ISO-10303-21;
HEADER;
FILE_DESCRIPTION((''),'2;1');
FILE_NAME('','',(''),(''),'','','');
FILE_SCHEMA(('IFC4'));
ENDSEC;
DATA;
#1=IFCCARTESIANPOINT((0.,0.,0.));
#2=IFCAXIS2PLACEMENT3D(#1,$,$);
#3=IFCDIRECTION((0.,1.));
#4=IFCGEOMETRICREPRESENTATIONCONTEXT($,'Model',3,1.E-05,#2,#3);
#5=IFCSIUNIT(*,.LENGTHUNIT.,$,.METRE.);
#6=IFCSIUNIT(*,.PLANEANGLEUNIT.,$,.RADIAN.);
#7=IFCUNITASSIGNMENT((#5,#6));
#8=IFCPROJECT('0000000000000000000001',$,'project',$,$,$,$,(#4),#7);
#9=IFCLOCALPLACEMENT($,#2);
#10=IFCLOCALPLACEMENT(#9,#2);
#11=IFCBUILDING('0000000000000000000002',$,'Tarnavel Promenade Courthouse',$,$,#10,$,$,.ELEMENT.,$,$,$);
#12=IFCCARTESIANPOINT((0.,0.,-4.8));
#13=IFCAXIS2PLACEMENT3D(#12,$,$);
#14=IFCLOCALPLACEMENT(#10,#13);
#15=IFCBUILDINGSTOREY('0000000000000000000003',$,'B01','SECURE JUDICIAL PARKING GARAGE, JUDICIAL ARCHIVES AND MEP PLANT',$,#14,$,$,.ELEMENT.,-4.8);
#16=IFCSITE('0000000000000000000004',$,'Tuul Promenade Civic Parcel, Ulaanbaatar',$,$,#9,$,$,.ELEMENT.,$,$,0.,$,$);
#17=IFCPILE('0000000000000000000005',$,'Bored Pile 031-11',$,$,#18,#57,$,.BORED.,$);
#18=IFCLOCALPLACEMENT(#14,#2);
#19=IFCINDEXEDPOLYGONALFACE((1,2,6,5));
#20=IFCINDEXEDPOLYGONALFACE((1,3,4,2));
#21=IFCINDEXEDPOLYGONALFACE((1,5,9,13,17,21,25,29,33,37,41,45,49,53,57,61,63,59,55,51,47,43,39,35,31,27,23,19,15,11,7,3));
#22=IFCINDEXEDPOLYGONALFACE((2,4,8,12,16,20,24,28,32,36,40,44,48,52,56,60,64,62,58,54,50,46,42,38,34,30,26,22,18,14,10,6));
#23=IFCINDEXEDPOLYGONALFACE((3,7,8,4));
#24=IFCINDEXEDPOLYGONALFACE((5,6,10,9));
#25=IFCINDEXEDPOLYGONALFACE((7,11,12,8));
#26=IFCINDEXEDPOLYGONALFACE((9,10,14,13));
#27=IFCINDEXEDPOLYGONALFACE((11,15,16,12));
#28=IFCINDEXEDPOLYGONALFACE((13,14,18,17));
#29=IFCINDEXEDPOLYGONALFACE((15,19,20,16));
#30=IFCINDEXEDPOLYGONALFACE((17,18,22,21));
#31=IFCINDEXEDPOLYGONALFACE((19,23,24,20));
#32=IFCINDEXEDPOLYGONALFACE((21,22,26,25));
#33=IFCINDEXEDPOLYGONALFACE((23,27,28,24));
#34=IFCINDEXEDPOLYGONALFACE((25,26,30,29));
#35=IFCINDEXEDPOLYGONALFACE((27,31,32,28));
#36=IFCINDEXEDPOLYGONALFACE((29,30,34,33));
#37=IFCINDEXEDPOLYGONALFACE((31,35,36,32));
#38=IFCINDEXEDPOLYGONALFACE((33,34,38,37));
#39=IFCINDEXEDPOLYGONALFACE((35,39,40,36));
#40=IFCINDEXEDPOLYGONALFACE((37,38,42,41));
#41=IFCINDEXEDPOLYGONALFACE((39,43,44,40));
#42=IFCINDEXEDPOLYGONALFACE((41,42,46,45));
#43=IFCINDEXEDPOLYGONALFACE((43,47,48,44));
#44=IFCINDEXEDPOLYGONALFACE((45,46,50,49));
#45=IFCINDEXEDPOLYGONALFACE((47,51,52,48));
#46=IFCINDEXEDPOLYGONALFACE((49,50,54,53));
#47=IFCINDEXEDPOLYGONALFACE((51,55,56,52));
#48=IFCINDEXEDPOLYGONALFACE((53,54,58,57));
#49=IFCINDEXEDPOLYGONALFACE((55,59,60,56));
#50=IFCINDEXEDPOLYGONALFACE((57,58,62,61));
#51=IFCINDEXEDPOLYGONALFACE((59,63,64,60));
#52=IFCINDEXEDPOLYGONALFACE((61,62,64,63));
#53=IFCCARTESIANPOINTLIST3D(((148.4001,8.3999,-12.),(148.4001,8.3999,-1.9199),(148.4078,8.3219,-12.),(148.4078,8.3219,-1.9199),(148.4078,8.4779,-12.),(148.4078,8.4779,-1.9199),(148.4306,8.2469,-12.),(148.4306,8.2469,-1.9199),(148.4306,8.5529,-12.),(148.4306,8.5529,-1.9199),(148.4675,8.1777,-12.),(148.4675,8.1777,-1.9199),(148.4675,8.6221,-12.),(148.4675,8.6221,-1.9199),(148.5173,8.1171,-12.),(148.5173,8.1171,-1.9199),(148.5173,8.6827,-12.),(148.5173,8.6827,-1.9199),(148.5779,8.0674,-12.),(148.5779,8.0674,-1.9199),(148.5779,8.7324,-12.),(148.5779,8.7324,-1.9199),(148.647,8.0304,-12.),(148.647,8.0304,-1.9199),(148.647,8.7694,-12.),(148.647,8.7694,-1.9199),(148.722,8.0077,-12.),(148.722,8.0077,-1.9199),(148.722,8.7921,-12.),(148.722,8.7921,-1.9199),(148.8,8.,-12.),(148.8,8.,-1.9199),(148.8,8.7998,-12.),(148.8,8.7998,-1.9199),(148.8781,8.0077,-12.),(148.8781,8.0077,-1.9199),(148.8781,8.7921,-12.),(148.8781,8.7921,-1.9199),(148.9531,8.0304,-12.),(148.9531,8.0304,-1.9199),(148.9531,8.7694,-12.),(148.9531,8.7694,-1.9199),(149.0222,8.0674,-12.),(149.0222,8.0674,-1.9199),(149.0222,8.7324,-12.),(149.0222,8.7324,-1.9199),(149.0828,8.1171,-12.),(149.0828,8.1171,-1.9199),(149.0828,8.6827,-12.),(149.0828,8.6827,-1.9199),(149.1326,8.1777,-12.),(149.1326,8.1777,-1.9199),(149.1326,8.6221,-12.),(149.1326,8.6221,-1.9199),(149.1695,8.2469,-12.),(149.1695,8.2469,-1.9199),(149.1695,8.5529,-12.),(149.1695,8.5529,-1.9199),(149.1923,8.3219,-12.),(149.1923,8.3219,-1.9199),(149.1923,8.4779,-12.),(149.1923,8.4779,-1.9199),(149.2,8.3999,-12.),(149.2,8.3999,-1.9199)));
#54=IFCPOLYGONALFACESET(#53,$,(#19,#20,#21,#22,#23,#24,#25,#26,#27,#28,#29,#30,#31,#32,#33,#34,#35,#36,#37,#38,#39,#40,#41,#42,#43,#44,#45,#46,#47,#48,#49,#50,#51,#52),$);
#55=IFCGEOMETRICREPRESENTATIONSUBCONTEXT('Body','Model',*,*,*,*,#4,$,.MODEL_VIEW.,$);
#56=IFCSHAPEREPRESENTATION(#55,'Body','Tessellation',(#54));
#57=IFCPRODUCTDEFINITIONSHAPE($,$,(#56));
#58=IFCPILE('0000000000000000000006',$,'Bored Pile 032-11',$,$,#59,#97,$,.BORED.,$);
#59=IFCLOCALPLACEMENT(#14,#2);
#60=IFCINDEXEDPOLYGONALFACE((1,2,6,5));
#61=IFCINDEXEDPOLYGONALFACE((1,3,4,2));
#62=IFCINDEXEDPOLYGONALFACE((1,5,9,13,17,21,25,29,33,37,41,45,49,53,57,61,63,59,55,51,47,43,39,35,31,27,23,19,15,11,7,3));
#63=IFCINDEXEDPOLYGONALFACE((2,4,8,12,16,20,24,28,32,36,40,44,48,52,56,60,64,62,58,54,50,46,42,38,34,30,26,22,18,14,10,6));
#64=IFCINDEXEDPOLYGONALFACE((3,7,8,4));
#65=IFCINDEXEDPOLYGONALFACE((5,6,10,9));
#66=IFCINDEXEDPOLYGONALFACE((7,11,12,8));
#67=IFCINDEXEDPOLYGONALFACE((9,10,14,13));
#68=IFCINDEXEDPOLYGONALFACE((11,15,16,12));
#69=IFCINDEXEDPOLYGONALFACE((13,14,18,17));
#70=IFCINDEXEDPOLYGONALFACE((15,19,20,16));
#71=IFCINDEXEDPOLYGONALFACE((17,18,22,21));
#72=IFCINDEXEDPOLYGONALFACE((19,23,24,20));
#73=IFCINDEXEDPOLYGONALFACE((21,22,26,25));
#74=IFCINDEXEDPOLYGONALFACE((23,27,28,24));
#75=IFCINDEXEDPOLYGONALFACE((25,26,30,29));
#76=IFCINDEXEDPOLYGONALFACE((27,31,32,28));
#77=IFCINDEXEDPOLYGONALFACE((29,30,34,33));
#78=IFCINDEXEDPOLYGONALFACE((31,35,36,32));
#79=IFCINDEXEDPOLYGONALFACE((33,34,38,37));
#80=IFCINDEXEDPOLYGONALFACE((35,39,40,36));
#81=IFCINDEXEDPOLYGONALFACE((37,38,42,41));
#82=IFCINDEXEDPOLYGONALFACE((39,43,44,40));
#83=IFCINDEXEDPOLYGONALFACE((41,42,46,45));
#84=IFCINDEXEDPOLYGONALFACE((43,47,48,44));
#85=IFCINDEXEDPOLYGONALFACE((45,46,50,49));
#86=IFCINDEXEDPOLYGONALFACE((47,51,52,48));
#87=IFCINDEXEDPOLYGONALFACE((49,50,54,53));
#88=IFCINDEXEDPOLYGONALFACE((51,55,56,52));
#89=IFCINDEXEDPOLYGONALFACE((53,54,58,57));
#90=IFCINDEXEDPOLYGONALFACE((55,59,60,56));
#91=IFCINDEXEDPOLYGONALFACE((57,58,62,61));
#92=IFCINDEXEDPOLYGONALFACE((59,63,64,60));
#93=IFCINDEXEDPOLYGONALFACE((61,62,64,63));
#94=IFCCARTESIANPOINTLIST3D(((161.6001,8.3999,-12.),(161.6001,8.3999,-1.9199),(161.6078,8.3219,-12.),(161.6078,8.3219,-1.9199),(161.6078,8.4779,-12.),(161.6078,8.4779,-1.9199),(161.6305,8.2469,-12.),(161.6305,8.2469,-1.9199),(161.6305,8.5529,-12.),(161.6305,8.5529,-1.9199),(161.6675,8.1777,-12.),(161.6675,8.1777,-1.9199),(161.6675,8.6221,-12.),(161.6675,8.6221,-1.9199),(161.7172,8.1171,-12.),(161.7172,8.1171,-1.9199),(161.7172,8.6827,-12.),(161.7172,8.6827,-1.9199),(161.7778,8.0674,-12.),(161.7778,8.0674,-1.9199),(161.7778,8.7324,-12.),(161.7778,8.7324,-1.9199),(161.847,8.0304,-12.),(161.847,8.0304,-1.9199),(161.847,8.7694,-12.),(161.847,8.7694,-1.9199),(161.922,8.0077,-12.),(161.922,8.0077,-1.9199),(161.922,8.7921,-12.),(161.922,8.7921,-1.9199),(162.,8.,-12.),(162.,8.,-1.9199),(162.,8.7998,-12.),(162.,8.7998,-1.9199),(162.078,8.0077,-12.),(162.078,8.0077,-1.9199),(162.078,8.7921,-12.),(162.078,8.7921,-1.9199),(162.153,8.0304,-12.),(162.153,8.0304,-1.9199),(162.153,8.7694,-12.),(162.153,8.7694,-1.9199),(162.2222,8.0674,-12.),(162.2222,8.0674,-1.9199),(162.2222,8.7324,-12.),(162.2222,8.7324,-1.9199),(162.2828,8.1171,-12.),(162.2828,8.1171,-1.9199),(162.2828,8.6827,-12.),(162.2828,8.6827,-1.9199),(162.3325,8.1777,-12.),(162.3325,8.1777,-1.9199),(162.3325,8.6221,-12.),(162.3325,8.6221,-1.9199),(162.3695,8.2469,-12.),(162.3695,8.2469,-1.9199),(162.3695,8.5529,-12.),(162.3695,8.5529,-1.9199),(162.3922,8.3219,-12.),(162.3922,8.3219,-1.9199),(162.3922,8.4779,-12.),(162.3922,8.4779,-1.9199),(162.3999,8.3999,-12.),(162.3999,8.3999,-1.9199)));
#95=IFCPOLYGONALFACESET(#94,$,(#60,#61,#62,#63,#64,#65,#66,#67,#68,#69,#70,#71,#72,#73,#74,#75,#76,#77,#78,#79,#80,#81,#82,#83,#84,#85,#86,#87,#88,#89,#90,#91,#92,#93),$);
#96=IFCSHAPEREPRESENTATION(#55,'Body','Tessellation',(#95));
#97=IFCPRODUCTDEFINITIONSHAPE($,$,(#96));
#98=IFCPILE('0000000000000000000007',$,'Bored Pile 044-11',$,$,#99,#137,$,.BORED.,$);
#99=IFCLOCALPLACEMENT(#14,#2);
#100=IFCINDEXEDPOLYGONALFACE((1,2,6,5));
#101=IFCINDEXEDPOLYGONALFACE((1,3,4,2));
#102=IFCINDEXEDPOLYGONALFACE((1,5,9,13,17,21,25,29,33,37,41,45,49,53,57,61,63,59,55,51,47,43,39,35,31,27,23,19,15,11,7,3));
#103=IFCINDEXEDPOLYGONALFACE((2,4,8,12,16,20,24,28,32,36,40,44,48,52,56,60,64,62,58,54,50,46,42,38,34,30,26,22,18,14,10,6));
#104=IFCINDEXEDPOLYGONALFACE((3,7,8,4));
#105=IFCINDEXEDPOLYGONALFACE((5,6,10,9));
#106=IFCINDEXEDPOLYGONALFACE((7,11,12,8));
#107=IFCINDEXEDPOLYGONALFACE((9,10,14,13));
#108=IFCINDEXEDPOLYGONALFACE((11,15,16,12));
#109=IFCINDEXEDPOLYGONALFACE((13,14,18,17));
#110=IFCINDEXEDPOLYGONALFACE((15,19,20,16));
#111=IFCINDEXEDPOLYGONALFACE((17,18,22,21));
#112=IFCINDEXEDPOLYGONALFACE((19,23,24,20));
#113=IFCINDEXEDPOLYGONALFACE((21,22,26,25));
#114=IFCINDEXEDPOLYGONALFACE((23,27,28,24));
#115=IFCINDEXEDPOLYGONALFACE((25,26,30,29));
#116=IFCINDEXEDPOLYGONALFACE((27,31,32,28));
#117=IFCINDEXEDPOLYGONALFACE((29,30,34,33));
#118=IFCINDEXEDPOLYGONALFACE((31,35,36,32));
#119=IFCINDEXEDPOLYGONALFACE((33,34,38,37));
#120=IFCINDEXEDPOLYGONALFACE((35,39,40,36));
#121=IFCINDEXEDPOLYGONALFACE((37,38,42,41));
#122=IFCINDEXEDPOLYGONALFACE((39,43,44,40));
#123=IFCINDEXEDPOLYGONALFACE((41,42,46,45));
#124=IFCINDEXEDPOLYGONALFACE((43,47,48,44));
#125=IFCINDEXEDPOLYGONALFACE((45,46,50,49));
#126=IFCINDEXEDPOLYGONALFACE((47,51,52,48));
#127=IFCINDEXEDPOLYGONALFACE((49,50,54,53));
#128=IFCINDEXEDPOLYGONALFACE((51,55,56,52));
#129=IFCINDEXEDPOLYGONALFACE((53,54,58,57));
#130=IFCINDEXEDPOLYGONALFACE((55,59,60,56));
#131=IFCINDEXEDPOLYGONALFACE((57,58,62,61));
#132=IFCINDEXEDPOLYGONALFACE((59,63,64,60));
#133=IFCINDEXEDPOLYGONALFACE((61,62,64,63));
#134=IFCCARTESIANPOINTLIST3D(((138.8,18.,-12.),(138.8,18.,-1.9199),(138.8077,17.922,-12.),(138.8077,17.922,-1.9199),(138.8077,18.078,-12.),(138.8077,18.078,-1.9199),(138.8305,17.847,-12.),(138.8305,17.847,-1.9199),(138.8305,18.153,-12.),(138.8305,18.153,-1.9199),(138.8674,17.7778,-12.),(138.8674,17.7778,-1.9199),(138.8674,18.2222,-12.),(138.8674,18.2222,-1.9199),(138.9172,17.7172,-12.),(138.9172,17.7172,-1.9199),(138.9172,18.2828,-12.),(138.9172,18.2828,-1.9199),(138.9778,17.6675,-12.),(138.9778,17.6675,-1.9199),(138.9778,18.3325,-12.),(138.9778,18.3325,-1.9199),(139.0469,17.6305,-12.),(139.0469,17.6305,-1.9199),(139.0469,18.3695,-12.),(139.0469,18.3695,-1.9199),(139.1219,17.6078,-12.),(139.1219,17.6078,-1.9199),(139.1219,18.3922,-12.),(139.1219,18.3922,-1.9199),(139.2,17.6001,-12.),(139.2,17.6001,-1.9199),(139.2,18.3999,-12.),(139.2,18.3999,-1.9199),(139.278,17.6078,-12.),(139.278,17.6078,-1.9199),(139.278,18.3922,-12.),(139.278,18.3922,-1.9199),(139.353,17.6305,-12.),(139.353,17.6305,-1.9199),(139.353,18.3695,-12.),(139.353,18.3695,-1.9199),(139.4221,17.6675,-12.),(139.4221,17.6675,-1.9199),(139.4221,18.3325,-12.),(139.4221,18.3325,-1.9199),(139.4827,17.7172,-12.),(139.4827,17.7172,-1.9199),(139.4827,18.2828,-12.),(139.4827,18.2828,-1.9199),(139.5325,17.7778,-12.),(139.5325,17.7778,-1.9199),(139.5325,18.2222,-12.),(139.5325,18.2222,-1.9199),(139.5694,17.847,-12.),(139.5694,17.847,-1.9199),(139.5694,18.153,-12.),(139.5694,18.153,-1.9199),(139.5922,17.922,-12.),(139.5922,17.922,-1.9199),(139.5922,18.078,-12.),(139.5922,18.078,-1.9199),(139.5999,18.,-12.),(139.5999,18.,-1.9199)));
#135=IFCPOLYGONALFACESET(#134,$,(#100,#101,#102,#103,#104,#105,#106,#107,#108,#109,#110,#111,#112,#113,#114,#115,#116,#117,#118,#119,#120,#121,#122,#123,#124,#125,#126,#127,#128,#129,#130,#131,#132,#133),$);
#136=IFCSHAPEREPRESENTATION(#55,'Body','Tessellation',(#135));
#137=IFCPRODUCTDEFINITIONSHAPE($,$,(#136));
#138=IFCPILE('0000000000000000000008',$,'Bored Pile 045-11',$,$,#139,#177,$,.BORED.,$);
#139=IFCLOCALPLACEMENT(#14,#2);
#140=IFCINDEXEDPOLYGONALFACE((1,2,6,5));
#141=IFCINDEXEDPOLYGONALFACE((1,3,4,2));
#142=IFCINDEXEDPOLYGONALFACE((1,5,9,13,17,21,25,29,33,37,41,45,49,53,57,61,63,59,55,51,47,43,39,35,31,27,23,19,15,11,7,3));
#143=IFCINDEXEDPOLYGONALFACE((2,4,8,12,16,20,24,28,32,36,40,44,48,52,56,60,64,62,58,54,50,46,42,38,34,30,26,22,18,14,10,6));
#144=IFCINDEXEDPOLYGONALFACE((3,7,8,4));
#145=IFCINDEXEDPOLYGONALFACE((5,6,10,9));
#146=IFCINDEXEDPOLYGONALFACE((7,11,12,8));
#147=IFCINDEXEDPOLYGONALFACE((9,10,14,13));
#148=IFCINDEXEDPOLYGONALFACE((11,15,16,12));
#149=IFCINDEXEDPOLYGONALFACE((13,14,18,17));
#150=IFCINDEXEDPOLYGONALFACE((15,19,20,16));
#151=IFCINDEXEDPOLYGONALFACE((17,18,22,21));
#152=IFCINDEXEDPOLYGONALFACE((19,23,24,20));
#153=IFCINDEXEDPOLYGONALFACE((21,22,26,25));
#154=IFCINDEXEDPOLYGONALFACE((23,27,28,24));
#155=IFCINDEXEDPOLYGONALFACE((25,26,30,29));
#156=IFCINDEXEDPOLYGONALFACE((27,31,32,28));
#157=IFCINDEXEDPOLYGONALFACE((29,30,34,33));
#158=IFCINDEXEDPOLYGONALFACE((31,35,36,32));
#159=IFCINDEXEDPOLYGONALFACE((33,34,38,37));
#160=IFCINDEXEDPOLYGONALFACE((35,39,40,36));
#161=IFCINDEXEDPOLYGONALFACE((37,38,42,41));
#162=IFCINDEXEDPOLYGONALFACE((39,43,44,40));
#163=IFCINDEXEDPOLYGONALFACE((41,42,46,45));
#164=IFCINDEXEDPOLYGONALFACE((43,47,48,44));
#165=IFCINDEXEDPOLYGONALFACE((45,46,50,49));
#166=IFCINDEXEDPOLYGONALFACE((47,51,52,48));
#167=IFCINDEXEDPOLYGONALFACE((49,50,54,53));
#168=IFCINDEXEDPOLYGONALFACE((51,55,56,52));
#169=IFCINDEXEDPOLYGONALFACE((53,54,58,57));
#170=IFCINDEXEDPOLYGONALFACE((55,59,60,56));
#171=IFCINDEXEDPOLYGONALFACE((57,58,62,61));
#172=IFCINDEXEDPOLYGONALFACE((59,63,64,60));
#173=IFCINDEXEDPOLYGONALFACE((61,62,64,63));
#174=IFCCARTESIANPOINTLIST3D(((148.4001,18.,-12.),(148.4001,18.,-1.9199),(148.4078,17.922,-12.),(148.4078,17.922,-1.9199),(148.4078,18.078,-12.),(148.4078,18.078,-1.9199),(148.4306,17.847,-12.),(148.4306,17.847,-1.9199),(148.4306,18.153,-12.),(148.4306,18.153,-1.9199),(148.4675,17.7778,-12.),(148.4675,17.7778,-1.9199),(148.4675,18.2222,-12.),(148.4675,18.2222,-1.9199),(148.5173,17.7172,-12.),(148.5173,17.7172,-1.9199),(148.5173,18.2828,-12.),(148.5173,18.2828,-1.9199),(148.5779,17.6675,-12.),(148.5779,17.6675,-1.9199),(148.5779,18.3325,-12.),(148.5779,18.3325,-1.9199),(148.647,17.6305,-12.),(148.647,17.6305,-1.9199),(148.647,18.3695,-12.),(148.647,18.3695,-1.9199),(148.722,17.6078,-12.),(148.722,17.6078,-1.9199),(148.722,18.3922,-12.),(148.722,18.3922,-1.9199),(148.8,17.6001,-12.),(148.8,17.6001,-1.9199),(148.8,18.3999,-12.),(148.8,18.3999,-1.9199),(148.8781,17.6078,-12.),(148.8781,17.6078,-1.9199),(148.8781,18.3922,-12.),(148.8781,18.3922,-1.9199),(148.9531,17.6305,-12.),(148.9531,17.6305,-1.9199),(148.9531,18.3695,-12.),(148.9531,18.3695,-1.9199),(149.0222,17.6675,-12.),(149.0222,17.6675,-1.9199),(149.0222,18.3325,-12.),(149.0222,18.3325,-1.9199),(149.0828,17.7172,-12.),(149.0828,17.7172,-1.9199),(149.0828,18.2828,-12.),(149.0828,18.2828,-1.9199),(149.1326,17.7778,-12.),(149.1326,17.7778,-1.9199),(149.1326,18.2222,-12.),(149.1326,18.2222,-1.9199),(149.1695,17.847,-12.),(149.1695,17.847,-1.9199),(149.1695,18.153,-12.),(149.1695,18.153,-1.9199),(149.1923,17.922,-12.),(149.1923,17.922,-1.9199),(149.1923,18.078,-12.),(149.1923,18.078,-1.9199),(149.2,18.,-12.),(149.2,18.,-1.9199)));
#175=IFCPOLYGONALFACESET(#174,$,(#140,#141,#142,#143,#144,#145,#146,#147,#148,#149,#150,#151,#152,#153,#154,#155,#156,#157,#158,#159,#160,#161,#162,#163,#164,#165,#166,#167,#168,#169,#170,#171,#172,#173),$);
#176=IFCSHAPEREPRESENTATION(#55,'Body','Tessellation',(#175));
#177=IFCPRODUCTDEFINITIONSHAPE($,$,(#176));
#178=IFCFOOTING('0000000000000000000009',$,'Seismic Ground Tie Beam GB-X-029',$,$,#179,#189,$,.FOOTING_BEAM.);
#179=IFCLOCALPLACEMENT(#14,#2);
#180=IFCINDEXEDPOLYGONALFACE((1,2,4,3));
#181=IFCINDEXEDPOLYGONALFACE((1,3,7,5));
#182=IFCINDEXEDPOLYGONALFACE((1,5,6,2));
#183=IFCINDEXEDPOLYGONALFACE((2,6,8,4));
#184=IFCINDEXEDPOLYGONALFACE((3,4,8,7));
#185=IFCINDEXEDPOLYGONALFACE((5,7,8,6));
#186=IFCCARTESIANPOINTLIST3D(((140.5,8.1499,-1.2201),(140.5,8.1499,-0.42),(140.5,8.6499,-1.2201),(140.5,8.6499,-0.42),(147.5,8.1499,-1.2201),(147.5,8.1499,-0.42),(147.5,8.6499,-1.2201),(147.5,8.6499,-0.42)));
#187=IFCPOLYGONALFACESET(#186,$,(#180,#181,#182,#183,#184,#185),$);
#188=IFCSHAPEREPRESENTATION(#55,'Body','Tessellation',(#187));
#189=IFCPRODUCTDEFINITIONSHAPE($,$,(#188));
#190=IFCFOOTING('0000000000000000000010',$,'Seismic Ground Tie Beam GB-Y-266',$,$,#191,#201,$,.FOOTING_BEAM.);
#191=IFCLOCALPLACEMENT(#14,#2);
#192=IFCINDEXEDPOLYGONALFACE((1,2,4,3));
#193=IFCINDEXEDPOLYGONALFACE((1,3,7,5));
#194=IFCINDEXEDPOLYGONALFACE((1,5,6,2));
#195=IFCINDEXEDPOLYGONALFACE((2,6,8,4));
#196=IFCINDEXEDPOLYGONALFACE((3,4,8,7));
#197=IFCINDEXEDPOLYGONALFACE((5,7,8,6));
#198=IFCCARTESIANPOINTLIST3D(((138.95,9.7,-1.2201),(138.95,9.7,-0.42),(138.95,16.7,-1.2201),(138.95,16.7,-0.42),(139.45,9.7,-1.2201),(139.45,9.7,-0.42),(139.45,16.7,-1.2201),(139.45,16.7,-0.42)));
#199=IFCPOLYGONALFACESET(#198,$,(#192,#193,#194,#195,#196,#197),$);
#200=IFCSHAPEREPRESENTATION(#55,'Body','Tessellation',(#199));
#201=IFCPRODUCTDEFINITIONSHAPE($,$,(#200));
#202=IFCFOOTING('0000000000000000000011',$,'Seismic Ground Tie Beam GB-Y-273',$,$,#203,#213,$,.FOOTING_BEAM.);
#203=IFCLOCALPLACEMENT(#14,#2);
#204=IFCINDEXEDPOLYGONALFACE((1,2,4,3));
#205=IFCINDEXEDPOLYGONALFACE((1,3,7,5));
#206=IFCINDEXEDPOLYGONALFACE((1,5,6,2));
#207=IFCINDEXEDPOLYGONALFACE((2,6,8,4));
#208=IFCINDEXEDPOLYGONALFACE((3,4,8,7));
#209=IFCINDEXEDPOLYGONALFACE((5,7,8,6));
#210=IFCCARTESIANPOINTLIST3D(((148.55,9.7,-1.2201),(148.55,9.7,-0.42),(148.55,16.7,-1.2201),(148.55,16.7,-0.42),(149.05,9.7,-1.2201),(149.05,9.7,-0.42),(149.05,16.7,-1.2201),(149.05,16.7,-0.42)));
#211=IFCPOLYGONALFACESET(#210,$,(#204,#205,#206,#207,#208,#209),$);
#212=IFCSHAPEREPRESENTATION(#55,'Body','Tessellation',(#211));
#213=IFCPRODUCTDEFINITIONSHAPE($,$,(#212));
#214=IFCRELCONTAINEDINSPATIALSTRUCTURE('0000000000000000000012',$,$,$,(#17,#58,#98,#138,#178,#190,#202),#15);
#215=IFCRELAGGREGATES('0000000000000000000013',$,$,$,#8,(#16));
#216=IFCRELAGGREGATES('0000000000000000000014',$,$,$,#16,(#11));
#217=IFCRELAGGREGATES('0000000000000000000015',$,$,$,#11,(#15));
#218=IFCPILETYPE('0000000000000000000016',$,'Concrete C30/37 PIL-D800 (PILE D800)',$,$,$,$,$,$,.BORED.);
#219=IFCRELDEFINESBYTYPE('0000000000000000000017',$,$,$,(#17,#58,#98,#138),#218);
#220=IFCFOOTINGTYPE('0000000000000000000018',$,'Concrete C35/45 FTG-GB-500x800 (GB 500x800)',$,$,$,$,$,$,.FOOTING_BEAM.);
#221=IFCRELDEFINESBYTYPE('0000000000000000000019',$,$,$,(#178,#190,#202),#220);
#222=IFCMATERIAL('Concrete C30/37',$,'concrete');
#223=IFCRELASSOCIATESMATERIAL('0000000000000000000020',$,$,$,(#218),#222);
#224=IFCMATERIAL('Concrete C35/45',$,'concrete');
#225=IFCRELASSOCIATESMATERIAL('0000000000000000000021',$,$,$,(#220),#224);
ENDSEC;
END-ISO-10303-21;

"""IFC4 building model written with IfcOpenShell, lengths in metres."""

from ifc_helpers import new_model, si_unit, direction, frame, origin, origin_2d, place, context, subcontext, project, spatial, rectangle, circle, extrude, material, material_profile, profile_set, type_object, element, save


model = new_model("IFC4")

# Units and contexts
model_context = context("Model", 3, precision=1e-05, world=origin(), true_north=direction((0.0, 1.0)))
body_context = subcontext(model_context, "Body", "Model", "MODEL_VIEW")
ifc_project = project(units=[si_unit("LENGTHUNIT", "METRE"), si_unit("PLANEANGLEUNIT", "RADIAN")], contexts=[model_context])

# Site, building, storey
site_placement = place(None, origin())
site = spatial("IfcSite", under=ifc_project, at=site_placement, Name="Tuul Promenade Civic Parcel, Ulaanbaatar", CompositionType="ELEMENT", RefElevation=0.0)
building_placement = place(site_placement, origin())
building = spatial("IfcBuilding", under=site, at=building_placement, Name="Tarnavel Promenade Courthouse", CompositionType="ELEMENT")
storey_placement = place(building_placement, frame((0.0, 0.0, -4.8)))
storey = spatial("IfcBuildingStorey", under=building, at=storey_placement, Name="B01", Description="SECURE JUDICIAL PARKING GARAGE, JUDICIAL ARCHIVES AND MEP PLANT", CompositionType="ELEMENT", Elevation=-4.8)

# Piles
ifc_material_1 = material(Name="Concrete C30/37", Category="concrete")
ifc_material_profile_1 = material_profile(ifc_material_1, circle(Radius=0.3999, at=origin_2d()), Name="PILE D800")
ifc_profile_set_1 = profile_set([ifc_material_profile_1], Name="Concrete C30/37")
pile_type = type_object("IfcPileType", Name="Concrete C30/37 PIL-D800 (PILE D800)", PredefinedType="BORED", material=ifc_profile_set_1)
for number, where, z_axis, x_axis, name in (
    (1, (148.8, 8.3999, -1.9199), (0.0, 0.0, -1.0), (1.0, 0.0, 0.0), "Bored Pile 031-11"),
    (2, (162.0, 8.3999, -1.9199), (0.0, 0.0, -1.0), (1.0, 0.0, 0.0), "Bored Pile 032-11"),
    (3, (139.2, 18.0, -1.9199), (0.0, 0.0, -1.0), (1.0, 0.0, 0.0), "Bored Pile 044-11"),
    (4, (148.8, 18.0, -1.9199), (0.0, 0.0, -1.0), (1.0, 0.0, 0.0), "Bored Pile 045-11"),
):
    element("IfcPile", number, at=place(storey_placement, frame(where, z_axis=z_axis, x_axis=x_axis)), inside=storey, type_object=pile_type, Name=name, PredefinedType="BORED", context=body_context, shape_type="SweptSolid", body=[
        extrude(circle(Radius=0.3999, at=origin_2d()), origin(), (0.0, 0.0, 1.0), 10.0801),
    ])

# Footings
ifc_material_2 = material(Name="Concrete C35/45", Category="concrete")
ifc_material_profile_2 = material_profile(ifc_material_2, rectangle(XDim=0.5, YDim=0.8, at=origin_2d()), Name="GB 500x800")
ifc_profile_set_2 = profile_set([ifc_material_profile_2], Name="Concrete C35/45")
footing_type_1 = type_object("IfcFootingType", Name="Concrete C35/45 FTG-GB-500x800 (GB 500x800)", PredefinedType="FOOTING_BEAM", material=ifc_profile_set_2)
for number, where, z_axis, x_axis, name in (
    (5, (140.5, 8.3999, -0.8201), (1.0, 0.0, 0.0), (0.0, 1.0, 0.0), "Seismic Ground Tie Beam GB-X-029"),
    (6, (139.2, 9.7, -0.8201), (0.0, 1.0, 0.0), (-1.0, 0.0, 0.0), "Seismic Ground Tie Beam GB-Y-266"),
    (7, (148.8, 9.7, -0.8201), (0.0, 1.0, 0.0), (-1.0, 0.0, 0.0), "Seismic Ground Tie Beam GB-Y-273"),
):
    element("IfcFooting", number, at=place(storey_placement, frame(where, z_axis=z_axis, x_axis=x_axis)), inside=storey, type_object=footing_type_1, Name=name, PredefinedType="FOOTING_BEAM", context=body_context, shape_type="SweptSolid", body=[
        extrude(rectangle(XDim=0.5, YDim=0.8, at=origin_2d()), origin(), (0.0, 0.0, 1.0), 7.0),
    ])

save(model, "model.ifc")
